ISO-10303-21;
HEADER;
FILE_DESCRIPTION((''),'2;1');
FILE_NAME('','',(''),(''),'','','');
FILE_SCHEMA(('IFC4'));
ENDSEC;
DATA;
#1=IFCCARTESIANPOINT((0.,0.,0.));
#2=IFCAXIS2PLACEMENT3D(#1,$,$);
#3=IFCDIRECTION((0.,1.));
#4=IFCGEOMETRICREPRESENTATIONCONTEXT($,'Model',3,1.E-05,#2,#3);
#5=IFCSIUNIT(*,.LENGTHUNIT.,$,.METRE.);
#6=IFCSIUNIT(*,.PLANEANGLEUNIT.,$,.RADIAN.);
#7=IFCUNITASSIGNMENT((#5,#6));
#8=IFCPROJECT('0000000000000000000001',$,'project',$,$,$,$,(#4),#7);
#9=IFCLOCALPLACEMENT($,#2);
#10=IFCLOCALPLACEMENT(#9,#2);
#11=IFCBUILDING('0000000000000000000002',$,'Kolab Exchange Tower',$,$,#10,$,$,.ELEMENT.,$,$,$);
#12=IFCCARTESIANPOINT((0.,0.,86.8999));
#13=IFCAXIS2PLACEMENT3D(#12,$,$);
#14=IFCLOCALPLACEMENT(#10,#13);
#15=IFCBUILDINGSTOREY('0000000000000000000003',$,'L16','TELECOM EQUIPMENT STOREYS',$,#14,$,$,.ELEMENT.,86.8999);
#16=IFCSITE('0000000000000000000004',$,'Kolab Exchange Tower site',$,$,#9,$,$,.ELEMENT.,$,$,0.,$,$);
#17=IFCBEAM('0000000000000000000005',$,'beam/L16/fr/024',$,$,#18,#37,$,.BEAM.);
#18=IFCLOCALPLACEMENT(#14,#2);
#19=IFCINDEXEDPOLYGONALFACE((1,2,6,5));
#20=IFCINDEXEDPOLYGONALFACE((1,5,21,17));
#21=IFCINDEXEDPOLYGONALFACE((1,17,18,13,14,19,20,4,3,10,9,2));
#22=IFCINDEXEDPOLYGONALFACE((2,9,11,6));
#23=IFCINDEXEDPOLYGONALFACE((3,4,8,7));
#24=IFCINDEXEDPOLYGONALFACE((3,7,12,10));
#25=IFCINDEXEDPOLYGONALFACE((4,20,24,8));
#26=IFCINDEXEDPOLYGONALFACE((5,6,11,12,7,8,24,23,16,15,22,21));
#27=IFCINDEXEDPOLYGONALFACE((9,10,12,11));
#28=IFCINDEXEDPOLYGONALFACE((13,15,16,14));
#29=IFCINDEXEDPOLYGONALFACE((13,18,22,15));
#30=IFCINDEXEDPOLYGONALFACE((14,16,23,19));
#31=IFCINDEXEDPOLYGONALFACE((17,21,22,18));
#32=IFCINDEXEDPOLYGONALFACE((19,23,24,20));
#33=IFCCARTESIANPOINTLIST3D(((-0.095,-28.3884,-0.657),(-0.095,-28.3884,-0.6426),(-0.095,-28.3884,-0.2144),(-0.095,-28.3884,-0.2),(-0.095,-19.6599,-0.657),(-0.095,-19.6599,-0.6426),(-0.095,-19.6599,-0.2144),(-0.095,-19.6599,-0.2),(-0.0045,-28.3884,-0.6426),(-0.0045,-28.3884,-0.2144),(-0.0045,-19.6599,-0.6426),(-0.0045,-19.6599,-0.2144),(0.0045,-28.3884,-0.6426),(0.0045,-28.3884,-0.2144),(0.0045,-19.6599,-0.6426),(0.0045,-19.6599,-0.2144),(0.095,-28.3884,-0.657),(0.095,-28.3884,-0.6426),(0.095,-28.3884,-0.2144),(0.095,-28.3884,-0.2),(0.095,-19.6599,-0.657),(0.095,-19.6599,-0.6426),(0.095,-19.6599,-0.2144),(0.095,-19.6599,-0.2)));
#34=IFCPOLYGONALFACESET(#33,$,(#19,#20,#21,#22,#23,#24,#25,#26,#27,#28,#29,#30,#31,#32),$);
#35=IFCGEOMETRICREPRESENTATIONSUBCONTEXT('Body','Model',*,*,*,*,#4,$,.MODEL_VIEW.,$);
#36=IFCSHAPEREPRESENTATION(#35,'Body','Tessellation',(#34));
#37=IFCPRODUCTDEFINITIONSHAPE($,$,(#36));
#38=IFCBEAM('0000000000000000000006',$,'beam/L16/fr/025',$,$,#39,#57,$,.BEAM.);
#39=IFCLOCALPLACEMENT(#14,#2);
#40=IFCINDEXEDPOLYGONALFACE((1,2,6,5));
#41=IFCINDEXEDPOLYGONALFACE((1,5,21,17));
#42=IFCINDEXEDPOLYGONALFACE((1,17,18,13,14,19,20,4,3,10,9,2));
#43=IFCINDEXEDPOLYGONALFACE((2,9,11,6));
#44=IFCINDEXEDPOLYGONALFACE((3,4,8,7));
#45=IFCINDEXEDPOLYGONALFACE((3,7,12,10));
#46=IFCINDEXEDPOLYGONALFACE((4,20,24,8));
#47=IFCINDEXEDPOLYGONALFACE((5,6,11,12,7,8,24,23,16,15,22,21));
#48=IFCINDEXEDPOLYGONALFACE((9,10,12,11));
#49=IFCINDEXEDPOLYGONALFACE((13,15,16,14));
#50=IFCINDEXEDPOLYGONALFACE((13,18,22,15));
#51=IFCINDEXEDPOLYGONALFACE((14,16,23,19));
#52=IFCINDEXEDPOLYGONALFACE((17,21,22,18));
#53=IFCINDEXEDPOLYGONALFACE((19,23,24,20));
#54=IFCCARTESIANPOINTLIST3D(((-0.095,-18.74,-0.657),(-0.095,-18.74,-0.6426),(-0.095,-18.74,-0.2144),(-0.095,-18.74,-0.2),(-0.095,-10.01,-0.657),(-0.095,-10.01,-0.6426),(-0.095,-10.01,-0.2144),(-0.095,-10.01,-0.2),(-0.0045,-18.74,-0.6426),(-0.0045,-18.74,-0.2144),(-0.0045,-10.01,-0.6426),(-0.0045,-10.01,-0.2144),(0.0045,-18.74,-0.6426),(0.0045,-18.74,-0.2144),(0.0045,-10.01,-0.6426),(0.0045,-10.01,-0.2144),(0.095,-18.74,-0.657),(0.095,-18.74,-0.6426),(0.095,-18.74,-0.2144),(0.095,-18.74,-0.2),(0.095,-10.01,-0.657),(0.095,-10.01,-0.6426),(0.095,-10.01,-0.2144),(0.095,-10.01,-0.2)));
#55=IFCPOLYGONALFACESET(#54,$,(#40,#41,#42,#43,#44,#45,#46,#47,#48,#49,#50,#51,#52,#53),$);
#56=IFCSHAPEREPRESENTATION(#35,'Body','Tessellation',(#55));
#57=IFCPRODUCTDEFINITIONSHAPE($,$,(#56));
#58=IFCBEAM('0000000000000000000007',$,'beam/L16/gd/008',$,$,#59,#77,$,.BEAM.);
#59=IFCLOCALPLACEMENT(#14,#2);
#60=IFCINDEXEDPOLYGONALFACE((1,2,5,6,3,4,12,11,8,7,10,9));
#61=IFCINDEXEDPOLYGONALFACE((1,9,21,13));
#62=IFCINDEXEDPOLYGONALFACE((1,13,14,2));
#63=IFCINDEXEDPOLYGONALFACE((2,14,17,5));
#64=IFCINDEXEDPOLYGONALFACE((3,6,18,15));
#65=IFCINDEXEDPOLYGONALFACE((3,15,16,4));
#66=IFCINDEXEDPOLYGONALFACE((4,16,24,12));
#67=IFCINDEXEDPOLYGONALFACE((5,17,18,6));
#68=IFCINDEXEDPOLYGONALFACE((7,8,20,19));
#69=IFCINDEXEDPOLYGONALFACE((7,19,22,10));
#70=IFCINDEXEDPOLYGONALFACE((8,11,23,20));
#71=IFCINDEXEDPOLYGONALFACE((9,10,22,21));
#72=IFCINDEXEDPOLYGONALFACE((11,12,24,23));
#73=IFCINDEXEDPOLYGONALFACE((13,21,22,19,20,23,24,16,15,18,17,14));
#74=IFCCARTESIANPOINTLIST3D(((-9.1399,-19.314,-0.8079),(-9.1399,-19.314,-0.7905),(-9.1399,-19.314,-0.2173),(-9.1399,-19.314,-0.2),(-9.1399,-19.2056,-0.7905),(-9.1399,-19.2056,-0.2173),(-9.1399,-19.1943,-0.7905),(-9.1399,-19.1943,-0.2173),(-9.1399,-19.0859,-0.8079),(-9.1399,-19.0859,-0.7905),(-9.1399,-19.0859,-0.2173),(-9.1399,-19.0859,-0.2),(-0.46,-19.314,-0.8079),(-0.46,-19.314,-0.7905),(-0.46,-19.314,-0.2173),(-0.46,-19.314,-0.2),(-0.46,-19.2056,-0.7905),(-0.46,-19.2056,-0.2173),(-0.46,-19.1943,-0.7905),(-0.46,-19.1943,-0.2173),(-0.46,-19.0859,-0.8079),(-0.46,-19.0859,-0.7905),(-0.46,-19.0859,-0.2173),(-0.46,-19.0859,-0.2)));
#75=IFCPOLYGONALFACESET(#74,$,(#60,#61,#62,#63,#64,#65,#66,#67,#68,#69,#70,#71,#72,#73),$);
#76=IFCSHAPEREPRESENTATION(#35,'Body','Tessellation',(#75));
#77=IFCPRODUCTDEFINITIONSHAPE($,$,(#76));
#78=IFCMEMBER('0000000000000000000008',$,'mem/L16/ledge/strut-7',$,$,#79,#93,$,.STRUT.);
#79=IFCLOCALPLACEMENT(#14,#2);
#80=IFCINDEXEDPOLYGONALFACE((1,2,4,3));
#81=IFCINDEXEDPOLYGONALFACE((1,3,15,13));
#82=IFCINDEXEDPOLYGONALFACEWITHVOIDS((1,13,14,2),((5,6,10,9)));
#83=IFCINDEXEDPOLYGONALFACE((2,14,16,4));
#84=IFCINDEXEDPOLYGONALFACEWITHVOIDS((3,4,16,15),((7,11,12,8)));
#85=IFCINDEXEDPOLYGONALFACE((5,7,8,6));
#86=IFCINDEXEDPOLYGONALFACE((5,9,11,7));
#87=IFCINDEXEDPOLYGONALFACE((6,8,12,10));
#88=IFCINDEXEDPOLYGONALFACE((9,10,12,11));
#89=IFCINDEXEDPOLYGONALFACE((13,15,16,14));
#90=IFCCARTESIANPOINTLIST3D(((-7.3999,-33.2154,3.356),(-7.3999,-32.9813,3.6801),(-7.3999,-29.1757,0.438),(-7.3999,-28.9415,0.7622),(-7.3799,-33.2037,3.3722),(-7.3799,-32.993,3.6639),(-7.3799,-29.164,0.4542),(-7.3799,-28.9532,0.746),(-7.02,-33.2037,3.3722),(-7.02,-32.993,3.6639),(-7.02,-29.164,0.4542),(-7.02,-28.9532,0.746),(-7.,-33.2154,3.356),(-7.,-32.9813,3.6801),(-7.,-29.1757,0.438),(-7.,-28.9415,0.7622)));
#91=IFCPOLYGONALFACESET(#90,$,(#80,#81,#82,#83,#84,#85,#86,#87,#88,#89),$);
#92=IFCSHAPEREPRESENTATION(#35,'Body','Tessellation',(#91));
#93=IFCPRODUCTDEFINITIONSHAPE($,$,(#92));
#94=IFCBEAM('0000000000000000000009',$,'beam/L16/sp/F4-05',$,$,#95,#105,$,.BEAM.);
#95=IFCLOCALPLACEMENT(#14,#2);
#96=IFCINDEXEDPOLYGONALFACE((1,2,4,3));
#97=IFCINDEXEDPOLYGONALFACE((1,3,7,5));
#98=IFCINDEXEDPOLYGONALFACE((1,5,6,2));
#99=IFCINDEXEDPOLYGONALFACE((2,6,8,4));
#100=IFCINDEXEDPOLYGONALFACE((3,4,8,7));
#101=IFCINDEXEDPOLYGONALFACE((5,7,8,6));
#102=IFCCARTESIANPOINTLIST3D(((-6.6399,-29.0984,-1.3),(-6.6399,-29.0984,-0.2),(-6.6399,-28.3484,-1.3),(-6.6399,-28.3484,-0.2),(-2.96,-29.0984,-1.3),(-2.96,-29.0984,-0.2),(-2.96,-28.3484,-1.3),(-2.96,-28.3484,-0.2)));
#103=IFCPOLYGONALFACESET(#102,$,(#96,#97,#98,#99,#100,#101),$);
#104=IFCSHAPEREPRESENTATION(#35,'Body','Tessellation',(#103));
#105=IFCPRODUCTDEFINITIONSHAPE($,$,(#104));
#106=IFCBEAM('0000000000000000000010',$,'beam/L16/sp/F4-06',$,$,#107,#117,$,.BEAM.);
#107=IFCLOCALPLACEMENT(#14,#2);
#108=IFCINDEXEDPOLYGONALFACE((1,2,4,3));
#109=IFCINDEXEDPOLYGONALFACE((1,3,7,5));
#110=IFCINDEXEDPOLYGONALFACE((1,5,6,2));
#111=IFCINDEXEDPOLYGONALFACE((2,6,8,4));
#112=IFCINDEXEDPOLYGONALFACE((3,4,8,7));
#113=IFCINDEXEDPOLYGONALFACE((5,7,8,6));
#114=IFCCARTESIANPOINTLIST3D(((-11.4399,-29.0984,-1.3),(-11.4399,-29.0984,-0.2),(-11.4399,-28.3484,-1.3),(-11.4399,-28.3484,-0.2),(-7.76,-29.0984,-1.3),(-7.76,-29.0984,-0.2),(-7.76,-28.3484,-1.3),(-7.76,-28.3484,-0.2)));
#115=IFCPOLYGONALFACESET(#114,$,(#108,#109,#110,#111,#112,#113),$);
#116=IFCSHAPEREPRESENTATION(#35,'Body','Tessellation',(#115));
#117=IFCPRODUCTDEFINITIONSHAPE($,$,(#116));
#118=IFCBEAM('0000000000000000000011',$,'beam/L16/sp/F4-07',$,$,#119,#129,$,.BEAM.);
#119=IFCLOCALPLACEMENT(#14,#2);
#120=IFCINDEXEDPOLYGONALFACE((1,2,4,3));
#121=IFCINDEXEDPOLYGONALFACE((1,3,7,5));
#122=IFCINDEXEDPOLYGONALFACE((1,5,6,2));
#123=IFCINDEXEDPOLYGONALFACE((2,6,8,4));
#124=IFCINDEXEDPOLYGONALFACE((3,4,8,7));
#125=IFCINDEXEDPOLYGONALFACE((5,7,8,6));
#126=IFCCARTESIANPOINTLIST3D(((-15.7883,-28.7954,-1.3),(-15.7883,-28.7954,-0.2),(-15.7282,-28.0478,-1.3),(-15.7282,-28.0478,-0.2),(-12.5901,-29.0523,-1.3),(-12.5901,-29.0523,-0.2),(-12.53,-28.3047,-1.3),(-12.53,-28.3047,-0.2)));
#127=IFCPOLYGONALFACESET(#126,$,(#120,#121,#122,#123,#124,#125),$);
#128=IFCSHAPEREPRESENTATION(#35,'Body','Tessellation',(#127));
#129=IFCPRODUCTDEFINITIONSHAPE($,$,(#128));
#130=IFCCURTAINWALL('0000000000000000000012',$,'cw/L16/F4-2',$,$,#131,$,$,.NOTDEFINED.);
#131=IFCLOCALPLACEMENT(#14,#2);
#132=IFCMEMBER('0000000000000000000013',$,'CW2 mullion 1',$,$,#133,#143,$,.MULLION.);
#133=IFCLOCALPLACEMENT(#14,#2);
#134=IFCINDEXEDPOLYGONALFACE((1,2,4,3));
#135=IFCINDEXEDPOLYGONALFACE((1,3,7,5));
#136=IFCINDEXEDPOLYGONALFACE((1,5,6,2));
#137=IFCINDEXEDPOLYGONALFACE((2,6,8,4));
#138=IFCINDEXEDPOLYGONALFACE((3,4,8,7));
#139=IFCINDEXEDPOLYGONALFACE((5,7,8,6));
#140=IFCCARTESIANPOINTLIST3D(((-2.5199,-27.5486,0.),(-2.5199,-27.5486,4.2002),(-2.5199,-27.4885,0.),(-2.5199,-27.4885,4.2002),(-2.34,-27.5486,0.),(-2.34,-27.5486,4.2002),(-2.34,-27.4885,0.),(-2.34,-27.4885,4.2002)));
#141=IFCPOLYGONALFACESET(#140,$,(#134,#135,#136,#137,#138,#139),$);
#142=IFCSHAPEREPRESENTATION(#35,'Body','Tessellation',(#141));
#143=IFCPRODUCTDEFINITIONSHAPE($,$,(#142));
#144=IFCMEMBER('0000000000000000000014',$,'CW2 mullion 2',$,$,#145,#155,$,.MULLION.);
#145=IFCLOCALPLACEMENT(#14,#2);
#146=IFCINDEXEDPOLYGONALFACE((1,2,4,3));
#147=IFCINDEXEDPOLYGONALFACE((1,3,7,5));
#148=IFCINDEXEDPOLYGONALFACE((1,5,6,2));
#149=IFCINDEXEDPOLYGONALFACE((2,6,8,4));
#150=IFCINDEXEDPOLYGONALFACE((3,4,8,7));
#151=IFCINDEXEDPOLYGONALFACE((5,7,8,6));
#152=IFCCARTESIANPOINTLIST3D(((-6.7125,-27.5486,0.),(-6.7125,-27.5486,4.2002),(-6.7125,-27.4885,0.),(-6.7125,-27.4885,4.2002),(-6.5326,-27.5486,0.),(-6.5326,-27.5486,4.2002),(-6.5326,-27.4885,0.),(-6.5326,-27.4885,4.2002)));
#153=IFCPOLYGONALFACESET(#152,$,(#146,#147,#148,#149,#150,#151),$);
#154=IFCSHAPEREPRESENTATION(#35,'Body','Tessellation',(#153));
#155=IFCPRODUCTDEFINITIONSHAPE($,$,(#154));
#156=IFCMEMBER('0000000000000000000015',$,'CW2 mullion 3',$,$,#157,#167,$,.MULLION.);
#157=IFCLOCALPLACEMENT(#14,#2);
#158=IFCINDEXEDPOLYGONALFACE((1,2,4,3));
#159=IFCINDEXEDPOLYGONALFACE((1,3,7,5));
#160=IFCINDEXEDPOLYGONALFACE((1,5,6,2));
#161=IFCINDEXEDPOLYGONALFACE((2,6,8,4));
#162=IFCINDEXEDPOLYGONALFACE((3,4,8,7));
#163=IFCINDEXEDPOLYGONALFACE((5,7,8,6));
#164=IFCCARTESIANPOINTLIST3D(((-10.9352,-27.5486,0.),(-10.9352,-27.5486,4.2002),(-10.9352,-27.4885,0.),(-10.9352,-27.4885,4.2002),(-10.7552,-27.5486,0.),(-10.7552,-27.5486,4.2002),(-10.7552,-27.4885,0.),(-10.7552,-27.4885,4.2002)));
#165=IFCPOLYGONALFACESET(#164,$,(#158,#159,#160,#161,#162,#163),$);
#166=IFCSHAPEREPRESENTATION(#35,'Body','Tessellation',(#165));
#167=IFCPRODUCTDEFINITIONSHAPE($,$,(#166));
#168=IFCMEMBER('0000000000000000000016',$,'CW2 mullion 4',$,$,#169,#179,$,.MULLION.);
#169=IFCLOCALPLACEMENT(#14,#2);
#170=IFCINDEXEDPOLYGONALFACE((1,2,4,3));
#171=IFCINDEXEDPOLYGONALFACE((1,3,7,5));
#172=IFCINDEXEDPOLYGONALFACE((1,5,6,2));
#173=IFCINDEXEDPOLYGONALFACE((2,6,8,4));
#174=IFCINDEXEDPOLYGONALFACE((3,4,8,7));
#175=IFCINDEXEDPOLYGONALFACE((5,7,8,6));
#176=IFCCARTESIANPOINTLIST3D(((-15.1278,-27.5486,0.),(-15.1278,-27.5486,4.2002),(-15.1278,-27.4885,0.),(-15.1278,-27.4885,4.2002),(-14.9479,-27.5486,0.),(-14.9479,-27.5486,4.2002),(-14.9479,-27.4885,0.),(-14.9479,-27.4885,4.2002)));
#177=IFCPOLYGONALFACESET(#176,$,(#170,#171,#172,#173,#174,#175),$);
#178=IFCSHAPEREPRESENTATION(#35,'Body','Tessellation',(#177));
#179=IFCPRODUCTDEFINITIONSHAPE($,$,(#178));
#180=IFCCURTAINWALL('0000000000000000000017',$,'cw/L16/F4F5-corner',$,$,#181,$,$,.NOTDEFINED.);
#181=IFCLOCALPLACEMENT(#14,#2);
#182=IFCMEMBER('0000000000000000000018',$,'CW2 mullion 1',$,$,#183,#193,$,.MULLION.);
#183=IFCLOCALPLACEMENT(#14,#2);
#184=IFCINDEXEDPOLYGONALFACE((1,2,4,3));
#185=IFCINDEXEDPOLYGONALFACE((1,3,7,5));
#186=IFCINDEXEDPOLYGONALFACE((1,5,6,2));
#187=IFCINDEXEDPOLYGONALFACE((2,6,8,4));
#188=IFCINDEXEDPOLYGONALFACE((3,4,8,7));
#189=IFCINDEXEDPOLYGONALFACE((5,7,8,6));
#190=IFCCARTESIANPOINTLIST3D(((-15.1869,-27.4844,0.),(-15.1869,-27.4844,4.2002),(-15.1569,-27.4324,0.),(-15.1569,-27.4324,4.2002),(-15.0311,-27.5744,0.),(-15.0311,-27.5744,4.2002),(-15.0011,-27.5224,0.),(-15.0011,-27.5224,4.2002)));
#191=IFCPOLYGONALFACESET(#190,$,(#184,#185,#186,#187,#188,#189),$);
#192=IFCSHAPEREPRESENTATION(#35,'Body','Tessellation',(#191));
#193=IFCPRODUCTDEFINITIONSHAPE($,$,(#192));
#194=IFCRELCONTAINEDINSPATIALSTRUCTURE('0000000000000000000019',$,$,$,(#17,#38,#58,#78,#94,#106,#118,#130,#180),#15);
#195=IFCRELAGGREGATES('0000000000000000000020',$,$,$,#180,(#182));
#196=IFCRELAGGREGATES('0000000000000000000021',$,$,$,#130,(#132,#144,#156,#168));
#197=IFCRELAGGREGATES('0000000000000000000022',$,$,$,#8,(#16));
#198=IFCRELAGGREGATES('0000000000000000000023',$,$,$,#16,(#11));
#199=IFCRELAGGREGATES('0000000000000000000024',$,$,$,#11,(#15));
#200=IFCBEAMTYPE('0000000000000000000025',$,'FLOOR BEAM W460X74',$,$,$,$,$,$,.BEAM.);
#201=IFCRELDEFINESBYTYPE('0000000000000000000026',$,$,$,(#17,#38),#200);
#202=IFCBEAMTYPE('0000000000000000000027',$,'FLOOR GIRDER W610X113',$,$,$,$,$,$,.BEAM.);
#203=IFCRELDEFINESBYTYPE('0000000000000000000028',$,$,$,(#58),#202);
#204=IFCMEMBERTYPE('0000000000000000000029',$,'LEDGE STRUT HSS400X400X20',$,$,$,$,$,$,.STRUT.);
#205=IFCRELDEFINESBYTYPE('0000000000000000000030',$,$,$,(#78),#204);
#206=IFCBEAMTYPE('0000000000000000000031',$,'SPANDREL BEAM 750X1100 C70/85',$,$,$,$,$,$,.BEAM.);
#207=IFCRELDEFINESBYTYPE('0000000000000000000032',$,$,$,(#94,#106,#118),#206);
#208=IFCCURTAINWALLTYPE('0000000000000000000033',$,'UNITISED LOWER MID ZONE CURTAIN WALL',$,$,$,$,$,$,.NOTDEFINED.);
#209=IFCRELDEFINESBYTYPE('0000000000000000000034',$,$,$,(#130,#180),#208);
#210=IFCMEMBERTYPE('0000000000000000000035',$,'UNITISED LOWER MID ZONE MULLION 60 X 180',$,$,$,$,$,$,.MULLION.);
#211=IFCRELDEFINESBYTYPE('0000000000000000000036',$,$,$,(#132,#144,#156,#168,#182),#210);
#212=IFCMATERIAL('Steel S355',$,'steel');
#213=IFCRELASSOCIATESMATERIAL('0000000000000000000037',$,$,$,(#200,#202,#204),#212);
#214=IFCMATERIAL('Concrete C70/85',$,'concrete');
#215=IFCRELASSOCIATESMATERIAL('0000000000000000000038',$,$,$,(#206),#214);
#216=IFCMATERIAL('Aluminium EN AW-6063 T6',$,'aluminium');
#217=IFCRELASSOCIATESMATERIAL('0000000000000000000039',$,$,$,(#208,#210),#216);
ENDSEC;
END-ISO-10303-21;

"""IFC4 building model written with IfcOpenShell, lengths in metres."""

from ifc_helpers import new_model, si_unit, direction, frame, origin, origin_2d, place, context, subcontext, project, spatial, rectangle, hollow_rectangle, i_section, extrude, material, material_profile, profile_set, type_object, element, aggregate, save


model = new_model("IFC4")

# Units and contexts
model_context = context("Model", 3, precision=1e-05, world=origin(), true_north=direction((0.0, 1.0)))
body_context = subcontext(model_context, "Body", "Model", "MODEL_VIEW")
ifc_project = project(units=[si_unit("LENGTHUNIT", "METRE"), si_unit("PLANEANGLEUNIT", "RADIAN")], contexts=[model_context])

# Site, building, storey
site_placement = place(None, origin())
site = spatial("IfcSite", under=ifc_project, at=site_placement, Name="Kolab Exchange Tower site", CompositionType="ELEMENT", RefElevation=0.0)
building_placement = place(site_placement, origin())
building = spatial("IfcBuilding", under=site, at=building_placement, Name="Kolab Exchange Tower", CompositionType="ELEMENT")
storey_placement = place(building_placement, frame((0.0, 0.0, 86.8999)))
storey = spatial("IfcBuildingStorey", under=building, at=storey_placement, Name="L16", Description="TELECOM EQUIPMENT STOREYS", CompositionType="ELEMENT", Elevation=86.8999)

# Shared definitions
ifc_material_1 = material(Name="Concrete C70/85", Category="concrete")

# Beams
ifc_material_2 = material(Name="Steel S355", Category="steel")
ifc_material_profile_1 = material_profile(ifc_material_2, i_section(OverallWidth=0.1899, OverallDepth=0.457, WebThickness=0.009, FlangeThickness=0.0144, at=origin_2d()), Name="W460X74")
ifc_profile_set_1 = profile_set([ifc_material_profile_1], Name="Steel S355")
beam_type_1 = type_object("IfcBeamType", Name="FLOOR BEAM W460X74", PredefinedType="BEAM", material=ifc_profile_set_1)
beam_1_placement = place(storey_placement, frame((0.0, -28.3884, -0.4285), z_axis=(0.0, 1.0, 0.0), x_axis=(-1.0, 0.0, 0.0)))
element("IfcBeam", 1, at=beam_1_placement, inside=storey, type_object=beam_type_1, Name="beam/L16/fr/024", PredefinedType="BEAM", context=body_context, shape_type="SweptSolid", body=[
    extrude(i_section(OverallWidth=0.1899, OverallDepth=0.457, WebThickness=0.009, FlangeThickness=0.0144, at=origin_2d()), origin(), (0.0, 0.0, 1.0), 8.7285),
])
beam_2_placement = place(storey_placement, frame((0.0, -18.74, -0.4285), z_axis=(0.0, 1.0, 0.0), x_axis=(-1.0, 0.0, 0.0)))
element("IfcBeam", 2, at=beam_2_placement, inside=storey, type_object=beam_type_1, Name="beam/L16/fr/025", PredefinedType="BEAM", context=body_context, shape_type="SweptSolid", body=[
    extrude(i_section(OverallWidth=0.1899, OverallDepth=0.457, WebThickness=0.009, FlangeThickness=0.0144, at=origin_2d()), origin(), (0.0, 0.0, 1.0), 8.73),
])
ifc_material_profile_2 = material_profile(ifc_material_2, i_section(OverallWidth=0.228, OverallDepth=0.6079, WebThickness=0.0112, FlangeThickness=0.0173, at=origin_2d()), Name="W610X113")
ifc_profile_set_2 = profile_set([ifc_material_profile_2], Name="Steel S355")
beam_type_2 = type_object("IfcBeamType", Name="FLOOR GIRDER W610X113", PredefinedType="BEAM", material=ifc_profile_set_2)
beam_3_placement = place(storey_placement, frame((-9.1399, -19.2, -0.5039), z_axis=(1.0, 0.0, 0.0), x_axis=(0.0, 1.0, 0.0)))
element("IfcBeam", 3, at=beam_3_placement, inside=storey, type_object=beam_type_2, Name="beam/L16/gd/008", PredefinedType="BEAM", context=body_context, shape_type="SweptSolid", body=[
    extrude(i_section(OverallWidth=0.228, OverallDepth=0.6079, WebThickness=0.0112, FlangeThickness=0.0173, at=origin_2d()), origin(), (0.0, 0.0, 1.0), 8.6799),
])

# Member
ifc_material_profile_3 = material_profile(ifc_material_2, hollow_rectangle(XDim=0.3999, YDim=0.3999, WallThickness=0.02, at=origin_2d()), Name="HSS400X400X20")
ifc_profile_set_3 = profile_set([ifc_material_profile_3], Name="Steel S355")
member_type_1 = type_object("IfcMemberType", Name="LEDGE STRUT HSS400X400X20", PredefinedType="STRUT", material=ifc_profile_set_3)
member_1_placement = place(storey_placement, frame((-7.2, -29.0586, 0.6001), z_axis=(0.0, -0.810647, 0.585535), x_axis=(1.0, 0.0, 0.0)))
element("IfcMember", 4, at=member_1_placement, inside=storey, type_object=member_type_1, Name="mem/L16/ledge/strut-7", PredefinedType="STRUT", context=body_context, shape_type="SweptSolid", body=[
    extrude(hollow_rectangle(XDim=0.3999, YDim=0.3999, WallThickness=0.02, at=origin_2d()), origin(), (0.0, 0.0, 1.0), 4.9834),
])

# Beams
ifc_material_profile_4 = material_profile(ifc_material_1, rectangle(XDim=0.75, YDim=1.1001, at=origin_2d()), Name="RC750X1100")
ifc_profile_set_4 = profile_set([ifc_material_profile_4], Name="Concrete C70/85")
beam_type_3 = type_object("IfcBeamType", Name="SPANDREL BEAM 750X1100 C70/85", PredefinedType="BEAM", material=ifc_profile_set_4)
for number, where, z_axis, x_axis, name in (
    (5, (-2.96, -28.7234, -0.75), (-1.0, 0.0, 0.0), (0.0, -1.0, 0.0), "beam/L16/sp/F4-05"),
    (6, (-7.76, -28.7234, -0.75), (-1.0, 0.0, 0.0), (0.0, -1.0, 0.0), "beam/L16/sp/F4-06"),
):
    element("IfcBeam", number, at=place(storey_placement, frame(where, z_axis=z_axis, x_axis=x_axis)), inside=storey, type_object=beam_type_3, Name=name, PredefinedType="BEAM", context=body_context, shape_type="SweptSolid", body=[
        extrude(rectangle(XDim=0.75, YDim=1.1001, at=origin_2d()), origin(), (0.0, 0.0, 1.0), 3.6799),
    ])
beam_4_placement = place(storey_placement, frame((-12.5601, -28.6785, -0.75), z_axis=(-0.996791, 0.080048, 0.0), x_axis=(-0.080048, -0.996791, 0.0)))
element("IfcBeam", 7, at=beam_4_placement, inside=storey, type_object=beam_type_3, Name="beam/L16/sp/F4-07", PredefinedType="BEAM", context=body_context, shape_type="SweptSolid", body=[
    extrude(rectangle(XDim=0.75, YDim=1.1001, at=origin_2d()), origin(), (0.0, 0.0, 1.0), 3.2085),
])

# Curtain wall, members
ifc_material_3 = material(Name="Aluminium EN AW-6063 T6", Category="aluminium")
curtain_wall_type = type_object("IfcCurtainWallType", Name="UNITISED LOWER MID ZONE CURTAIN WALL", PredefinedType="NOTDEFINED", material=ifc_material_3)
curtain_wall_1_placement = place(storey_placement, origin())
curtain_wall_1 = element("IfcCurtainWall", 8, at=curtain_wall_1_placement, inside=storey, type_object=curtain_wall_type, Name="cw/L16/F4-2", PredefinedType="NOTDEFINED")
ifc_material_profile_5 = material_profile(ifc_material_3, rectangle(XDim=0.0601, YDim=0.1799, at=origin_2d()), Name="RECT 60X180")
ifc_profile_set_5 = profile_set([ifc_material_profile_5], Name="Aluminium EN AW-6063 T6")
member_type_2 = type_object("IfcMemberType", Name="UNITISED LOWER MID ZONE MULLION 60 X 180", PredefinedType="MULLION", material=ifc_profile_set_5)
member_2_placement = place(storey_placement, frame((-2.4299, -27.5186, 0.0), z_axis=(0.0, 0.0, 1.0), x_axis=(0.0, -1.0, 0.0)))
member_2 = element("IfcMember", 9, at=member_2_placement, type_object=member_type_2, Name="CW2 mullion 1", PredefinedType="MULLION", context=body_context, shape_type="SweptSolid", body=[
    extrude(rectangle(XDim=0.0601, YDim=0.1799, at=origin_2d()), origin(), (0.0, 0.0, 1.0), 4.2002),
])
member_3_placement = place(storey_placement, frame((-6.6226, -27.5186, 0.0), z_axis=(0.0, 0.0, 1.0), x_axis=(0.0, -1.0, 0.0)))
member_3 = element("IfcMember", 10, at=member_3_placement, type_object=member_type_2, Name="CW2 mullion 2", PredefinedType="MULLION", context=body_context, shape_type="SweptSolid", body=[
    extrude(rectangle(XDim=0.0601, YDim=0.1799, at=origin_2d()), origin(), (0.0, 0.0, 1.0), 4.2002),
])
member_4_placement = place(storey_placement, frame((-10.8452, -27.5186, 0.0), z_axis=(0.0, 0.0, 1.0), x_axis=(0.0, -1.0, 0.0)))
member_4 = element("IfcMember", 11, at=member_4_placement, type_object=member_type_2, Name="CW2 mullion 3", PredefinedType="MULLION", context=body_context, shape_type="SweptSolid", body=[
    extrude(rectangle(XDim=0.0601, YDim=0.1799, at=origin_2d()), origin(), (0.0, 0.0, 1.0), 4.2002),
])
member_5_placement = place(storey_placement, frame((-15.0378, -27.5186, 0.0), z_axis=(0.0, 0.0, 1.0), x_axis=(0.0, -1.0, 0.0)))
member_5 = element("IfcMember", 12, at=member_5_placement, type_object=member_type_2, Name="CW2 mullion 4", PredefinedType="MULLION", context=body_context, shape_type="SweptSolid", body=[
    extrude(rectangle(XDim=0.0601, YDim=0.1799, at=origin_2d()), origin(), (0.0, 0.0, 1.0), 4.2002),
])

# Curtain wall, member
curtain_wall_2_placement = place(storey_placement, origin())
curtain_wall_2 = element("IfcCurtainWall", 13, at=curtain_wall_2_placement, inside=storey, type_object=curtain_wall_type, Name="cw/L16/F4F5-corner", PredefinedType="NOTDEFINED")
member_6_placement = place(storey_placement, frame((-15.094, -27.5034, 0.0), z_axis=(0.0, 0.0, 1.0), x_axis=(-0.5, -0.866025, 0.0)))
member_6 = element("IfcMember", 14, at=member_6_placement, type_object=member_type_2, Name="CW2 mullion 1", PredefinedType="MULLION", context=body_context, shape_type="SweptSolid", body=[
    extrude(rectangle(XDim=0.0601, YDim=0.1799, at=origin_2d()), origin(), (0.0, 0.0, 1.0), 4.2002),
])

aggregate(curtain_wall_2, [member_6])

aggregate(curtain_wall_1, [member_2, member_3, member_4, member_5])

save(model, "model.ifc")
